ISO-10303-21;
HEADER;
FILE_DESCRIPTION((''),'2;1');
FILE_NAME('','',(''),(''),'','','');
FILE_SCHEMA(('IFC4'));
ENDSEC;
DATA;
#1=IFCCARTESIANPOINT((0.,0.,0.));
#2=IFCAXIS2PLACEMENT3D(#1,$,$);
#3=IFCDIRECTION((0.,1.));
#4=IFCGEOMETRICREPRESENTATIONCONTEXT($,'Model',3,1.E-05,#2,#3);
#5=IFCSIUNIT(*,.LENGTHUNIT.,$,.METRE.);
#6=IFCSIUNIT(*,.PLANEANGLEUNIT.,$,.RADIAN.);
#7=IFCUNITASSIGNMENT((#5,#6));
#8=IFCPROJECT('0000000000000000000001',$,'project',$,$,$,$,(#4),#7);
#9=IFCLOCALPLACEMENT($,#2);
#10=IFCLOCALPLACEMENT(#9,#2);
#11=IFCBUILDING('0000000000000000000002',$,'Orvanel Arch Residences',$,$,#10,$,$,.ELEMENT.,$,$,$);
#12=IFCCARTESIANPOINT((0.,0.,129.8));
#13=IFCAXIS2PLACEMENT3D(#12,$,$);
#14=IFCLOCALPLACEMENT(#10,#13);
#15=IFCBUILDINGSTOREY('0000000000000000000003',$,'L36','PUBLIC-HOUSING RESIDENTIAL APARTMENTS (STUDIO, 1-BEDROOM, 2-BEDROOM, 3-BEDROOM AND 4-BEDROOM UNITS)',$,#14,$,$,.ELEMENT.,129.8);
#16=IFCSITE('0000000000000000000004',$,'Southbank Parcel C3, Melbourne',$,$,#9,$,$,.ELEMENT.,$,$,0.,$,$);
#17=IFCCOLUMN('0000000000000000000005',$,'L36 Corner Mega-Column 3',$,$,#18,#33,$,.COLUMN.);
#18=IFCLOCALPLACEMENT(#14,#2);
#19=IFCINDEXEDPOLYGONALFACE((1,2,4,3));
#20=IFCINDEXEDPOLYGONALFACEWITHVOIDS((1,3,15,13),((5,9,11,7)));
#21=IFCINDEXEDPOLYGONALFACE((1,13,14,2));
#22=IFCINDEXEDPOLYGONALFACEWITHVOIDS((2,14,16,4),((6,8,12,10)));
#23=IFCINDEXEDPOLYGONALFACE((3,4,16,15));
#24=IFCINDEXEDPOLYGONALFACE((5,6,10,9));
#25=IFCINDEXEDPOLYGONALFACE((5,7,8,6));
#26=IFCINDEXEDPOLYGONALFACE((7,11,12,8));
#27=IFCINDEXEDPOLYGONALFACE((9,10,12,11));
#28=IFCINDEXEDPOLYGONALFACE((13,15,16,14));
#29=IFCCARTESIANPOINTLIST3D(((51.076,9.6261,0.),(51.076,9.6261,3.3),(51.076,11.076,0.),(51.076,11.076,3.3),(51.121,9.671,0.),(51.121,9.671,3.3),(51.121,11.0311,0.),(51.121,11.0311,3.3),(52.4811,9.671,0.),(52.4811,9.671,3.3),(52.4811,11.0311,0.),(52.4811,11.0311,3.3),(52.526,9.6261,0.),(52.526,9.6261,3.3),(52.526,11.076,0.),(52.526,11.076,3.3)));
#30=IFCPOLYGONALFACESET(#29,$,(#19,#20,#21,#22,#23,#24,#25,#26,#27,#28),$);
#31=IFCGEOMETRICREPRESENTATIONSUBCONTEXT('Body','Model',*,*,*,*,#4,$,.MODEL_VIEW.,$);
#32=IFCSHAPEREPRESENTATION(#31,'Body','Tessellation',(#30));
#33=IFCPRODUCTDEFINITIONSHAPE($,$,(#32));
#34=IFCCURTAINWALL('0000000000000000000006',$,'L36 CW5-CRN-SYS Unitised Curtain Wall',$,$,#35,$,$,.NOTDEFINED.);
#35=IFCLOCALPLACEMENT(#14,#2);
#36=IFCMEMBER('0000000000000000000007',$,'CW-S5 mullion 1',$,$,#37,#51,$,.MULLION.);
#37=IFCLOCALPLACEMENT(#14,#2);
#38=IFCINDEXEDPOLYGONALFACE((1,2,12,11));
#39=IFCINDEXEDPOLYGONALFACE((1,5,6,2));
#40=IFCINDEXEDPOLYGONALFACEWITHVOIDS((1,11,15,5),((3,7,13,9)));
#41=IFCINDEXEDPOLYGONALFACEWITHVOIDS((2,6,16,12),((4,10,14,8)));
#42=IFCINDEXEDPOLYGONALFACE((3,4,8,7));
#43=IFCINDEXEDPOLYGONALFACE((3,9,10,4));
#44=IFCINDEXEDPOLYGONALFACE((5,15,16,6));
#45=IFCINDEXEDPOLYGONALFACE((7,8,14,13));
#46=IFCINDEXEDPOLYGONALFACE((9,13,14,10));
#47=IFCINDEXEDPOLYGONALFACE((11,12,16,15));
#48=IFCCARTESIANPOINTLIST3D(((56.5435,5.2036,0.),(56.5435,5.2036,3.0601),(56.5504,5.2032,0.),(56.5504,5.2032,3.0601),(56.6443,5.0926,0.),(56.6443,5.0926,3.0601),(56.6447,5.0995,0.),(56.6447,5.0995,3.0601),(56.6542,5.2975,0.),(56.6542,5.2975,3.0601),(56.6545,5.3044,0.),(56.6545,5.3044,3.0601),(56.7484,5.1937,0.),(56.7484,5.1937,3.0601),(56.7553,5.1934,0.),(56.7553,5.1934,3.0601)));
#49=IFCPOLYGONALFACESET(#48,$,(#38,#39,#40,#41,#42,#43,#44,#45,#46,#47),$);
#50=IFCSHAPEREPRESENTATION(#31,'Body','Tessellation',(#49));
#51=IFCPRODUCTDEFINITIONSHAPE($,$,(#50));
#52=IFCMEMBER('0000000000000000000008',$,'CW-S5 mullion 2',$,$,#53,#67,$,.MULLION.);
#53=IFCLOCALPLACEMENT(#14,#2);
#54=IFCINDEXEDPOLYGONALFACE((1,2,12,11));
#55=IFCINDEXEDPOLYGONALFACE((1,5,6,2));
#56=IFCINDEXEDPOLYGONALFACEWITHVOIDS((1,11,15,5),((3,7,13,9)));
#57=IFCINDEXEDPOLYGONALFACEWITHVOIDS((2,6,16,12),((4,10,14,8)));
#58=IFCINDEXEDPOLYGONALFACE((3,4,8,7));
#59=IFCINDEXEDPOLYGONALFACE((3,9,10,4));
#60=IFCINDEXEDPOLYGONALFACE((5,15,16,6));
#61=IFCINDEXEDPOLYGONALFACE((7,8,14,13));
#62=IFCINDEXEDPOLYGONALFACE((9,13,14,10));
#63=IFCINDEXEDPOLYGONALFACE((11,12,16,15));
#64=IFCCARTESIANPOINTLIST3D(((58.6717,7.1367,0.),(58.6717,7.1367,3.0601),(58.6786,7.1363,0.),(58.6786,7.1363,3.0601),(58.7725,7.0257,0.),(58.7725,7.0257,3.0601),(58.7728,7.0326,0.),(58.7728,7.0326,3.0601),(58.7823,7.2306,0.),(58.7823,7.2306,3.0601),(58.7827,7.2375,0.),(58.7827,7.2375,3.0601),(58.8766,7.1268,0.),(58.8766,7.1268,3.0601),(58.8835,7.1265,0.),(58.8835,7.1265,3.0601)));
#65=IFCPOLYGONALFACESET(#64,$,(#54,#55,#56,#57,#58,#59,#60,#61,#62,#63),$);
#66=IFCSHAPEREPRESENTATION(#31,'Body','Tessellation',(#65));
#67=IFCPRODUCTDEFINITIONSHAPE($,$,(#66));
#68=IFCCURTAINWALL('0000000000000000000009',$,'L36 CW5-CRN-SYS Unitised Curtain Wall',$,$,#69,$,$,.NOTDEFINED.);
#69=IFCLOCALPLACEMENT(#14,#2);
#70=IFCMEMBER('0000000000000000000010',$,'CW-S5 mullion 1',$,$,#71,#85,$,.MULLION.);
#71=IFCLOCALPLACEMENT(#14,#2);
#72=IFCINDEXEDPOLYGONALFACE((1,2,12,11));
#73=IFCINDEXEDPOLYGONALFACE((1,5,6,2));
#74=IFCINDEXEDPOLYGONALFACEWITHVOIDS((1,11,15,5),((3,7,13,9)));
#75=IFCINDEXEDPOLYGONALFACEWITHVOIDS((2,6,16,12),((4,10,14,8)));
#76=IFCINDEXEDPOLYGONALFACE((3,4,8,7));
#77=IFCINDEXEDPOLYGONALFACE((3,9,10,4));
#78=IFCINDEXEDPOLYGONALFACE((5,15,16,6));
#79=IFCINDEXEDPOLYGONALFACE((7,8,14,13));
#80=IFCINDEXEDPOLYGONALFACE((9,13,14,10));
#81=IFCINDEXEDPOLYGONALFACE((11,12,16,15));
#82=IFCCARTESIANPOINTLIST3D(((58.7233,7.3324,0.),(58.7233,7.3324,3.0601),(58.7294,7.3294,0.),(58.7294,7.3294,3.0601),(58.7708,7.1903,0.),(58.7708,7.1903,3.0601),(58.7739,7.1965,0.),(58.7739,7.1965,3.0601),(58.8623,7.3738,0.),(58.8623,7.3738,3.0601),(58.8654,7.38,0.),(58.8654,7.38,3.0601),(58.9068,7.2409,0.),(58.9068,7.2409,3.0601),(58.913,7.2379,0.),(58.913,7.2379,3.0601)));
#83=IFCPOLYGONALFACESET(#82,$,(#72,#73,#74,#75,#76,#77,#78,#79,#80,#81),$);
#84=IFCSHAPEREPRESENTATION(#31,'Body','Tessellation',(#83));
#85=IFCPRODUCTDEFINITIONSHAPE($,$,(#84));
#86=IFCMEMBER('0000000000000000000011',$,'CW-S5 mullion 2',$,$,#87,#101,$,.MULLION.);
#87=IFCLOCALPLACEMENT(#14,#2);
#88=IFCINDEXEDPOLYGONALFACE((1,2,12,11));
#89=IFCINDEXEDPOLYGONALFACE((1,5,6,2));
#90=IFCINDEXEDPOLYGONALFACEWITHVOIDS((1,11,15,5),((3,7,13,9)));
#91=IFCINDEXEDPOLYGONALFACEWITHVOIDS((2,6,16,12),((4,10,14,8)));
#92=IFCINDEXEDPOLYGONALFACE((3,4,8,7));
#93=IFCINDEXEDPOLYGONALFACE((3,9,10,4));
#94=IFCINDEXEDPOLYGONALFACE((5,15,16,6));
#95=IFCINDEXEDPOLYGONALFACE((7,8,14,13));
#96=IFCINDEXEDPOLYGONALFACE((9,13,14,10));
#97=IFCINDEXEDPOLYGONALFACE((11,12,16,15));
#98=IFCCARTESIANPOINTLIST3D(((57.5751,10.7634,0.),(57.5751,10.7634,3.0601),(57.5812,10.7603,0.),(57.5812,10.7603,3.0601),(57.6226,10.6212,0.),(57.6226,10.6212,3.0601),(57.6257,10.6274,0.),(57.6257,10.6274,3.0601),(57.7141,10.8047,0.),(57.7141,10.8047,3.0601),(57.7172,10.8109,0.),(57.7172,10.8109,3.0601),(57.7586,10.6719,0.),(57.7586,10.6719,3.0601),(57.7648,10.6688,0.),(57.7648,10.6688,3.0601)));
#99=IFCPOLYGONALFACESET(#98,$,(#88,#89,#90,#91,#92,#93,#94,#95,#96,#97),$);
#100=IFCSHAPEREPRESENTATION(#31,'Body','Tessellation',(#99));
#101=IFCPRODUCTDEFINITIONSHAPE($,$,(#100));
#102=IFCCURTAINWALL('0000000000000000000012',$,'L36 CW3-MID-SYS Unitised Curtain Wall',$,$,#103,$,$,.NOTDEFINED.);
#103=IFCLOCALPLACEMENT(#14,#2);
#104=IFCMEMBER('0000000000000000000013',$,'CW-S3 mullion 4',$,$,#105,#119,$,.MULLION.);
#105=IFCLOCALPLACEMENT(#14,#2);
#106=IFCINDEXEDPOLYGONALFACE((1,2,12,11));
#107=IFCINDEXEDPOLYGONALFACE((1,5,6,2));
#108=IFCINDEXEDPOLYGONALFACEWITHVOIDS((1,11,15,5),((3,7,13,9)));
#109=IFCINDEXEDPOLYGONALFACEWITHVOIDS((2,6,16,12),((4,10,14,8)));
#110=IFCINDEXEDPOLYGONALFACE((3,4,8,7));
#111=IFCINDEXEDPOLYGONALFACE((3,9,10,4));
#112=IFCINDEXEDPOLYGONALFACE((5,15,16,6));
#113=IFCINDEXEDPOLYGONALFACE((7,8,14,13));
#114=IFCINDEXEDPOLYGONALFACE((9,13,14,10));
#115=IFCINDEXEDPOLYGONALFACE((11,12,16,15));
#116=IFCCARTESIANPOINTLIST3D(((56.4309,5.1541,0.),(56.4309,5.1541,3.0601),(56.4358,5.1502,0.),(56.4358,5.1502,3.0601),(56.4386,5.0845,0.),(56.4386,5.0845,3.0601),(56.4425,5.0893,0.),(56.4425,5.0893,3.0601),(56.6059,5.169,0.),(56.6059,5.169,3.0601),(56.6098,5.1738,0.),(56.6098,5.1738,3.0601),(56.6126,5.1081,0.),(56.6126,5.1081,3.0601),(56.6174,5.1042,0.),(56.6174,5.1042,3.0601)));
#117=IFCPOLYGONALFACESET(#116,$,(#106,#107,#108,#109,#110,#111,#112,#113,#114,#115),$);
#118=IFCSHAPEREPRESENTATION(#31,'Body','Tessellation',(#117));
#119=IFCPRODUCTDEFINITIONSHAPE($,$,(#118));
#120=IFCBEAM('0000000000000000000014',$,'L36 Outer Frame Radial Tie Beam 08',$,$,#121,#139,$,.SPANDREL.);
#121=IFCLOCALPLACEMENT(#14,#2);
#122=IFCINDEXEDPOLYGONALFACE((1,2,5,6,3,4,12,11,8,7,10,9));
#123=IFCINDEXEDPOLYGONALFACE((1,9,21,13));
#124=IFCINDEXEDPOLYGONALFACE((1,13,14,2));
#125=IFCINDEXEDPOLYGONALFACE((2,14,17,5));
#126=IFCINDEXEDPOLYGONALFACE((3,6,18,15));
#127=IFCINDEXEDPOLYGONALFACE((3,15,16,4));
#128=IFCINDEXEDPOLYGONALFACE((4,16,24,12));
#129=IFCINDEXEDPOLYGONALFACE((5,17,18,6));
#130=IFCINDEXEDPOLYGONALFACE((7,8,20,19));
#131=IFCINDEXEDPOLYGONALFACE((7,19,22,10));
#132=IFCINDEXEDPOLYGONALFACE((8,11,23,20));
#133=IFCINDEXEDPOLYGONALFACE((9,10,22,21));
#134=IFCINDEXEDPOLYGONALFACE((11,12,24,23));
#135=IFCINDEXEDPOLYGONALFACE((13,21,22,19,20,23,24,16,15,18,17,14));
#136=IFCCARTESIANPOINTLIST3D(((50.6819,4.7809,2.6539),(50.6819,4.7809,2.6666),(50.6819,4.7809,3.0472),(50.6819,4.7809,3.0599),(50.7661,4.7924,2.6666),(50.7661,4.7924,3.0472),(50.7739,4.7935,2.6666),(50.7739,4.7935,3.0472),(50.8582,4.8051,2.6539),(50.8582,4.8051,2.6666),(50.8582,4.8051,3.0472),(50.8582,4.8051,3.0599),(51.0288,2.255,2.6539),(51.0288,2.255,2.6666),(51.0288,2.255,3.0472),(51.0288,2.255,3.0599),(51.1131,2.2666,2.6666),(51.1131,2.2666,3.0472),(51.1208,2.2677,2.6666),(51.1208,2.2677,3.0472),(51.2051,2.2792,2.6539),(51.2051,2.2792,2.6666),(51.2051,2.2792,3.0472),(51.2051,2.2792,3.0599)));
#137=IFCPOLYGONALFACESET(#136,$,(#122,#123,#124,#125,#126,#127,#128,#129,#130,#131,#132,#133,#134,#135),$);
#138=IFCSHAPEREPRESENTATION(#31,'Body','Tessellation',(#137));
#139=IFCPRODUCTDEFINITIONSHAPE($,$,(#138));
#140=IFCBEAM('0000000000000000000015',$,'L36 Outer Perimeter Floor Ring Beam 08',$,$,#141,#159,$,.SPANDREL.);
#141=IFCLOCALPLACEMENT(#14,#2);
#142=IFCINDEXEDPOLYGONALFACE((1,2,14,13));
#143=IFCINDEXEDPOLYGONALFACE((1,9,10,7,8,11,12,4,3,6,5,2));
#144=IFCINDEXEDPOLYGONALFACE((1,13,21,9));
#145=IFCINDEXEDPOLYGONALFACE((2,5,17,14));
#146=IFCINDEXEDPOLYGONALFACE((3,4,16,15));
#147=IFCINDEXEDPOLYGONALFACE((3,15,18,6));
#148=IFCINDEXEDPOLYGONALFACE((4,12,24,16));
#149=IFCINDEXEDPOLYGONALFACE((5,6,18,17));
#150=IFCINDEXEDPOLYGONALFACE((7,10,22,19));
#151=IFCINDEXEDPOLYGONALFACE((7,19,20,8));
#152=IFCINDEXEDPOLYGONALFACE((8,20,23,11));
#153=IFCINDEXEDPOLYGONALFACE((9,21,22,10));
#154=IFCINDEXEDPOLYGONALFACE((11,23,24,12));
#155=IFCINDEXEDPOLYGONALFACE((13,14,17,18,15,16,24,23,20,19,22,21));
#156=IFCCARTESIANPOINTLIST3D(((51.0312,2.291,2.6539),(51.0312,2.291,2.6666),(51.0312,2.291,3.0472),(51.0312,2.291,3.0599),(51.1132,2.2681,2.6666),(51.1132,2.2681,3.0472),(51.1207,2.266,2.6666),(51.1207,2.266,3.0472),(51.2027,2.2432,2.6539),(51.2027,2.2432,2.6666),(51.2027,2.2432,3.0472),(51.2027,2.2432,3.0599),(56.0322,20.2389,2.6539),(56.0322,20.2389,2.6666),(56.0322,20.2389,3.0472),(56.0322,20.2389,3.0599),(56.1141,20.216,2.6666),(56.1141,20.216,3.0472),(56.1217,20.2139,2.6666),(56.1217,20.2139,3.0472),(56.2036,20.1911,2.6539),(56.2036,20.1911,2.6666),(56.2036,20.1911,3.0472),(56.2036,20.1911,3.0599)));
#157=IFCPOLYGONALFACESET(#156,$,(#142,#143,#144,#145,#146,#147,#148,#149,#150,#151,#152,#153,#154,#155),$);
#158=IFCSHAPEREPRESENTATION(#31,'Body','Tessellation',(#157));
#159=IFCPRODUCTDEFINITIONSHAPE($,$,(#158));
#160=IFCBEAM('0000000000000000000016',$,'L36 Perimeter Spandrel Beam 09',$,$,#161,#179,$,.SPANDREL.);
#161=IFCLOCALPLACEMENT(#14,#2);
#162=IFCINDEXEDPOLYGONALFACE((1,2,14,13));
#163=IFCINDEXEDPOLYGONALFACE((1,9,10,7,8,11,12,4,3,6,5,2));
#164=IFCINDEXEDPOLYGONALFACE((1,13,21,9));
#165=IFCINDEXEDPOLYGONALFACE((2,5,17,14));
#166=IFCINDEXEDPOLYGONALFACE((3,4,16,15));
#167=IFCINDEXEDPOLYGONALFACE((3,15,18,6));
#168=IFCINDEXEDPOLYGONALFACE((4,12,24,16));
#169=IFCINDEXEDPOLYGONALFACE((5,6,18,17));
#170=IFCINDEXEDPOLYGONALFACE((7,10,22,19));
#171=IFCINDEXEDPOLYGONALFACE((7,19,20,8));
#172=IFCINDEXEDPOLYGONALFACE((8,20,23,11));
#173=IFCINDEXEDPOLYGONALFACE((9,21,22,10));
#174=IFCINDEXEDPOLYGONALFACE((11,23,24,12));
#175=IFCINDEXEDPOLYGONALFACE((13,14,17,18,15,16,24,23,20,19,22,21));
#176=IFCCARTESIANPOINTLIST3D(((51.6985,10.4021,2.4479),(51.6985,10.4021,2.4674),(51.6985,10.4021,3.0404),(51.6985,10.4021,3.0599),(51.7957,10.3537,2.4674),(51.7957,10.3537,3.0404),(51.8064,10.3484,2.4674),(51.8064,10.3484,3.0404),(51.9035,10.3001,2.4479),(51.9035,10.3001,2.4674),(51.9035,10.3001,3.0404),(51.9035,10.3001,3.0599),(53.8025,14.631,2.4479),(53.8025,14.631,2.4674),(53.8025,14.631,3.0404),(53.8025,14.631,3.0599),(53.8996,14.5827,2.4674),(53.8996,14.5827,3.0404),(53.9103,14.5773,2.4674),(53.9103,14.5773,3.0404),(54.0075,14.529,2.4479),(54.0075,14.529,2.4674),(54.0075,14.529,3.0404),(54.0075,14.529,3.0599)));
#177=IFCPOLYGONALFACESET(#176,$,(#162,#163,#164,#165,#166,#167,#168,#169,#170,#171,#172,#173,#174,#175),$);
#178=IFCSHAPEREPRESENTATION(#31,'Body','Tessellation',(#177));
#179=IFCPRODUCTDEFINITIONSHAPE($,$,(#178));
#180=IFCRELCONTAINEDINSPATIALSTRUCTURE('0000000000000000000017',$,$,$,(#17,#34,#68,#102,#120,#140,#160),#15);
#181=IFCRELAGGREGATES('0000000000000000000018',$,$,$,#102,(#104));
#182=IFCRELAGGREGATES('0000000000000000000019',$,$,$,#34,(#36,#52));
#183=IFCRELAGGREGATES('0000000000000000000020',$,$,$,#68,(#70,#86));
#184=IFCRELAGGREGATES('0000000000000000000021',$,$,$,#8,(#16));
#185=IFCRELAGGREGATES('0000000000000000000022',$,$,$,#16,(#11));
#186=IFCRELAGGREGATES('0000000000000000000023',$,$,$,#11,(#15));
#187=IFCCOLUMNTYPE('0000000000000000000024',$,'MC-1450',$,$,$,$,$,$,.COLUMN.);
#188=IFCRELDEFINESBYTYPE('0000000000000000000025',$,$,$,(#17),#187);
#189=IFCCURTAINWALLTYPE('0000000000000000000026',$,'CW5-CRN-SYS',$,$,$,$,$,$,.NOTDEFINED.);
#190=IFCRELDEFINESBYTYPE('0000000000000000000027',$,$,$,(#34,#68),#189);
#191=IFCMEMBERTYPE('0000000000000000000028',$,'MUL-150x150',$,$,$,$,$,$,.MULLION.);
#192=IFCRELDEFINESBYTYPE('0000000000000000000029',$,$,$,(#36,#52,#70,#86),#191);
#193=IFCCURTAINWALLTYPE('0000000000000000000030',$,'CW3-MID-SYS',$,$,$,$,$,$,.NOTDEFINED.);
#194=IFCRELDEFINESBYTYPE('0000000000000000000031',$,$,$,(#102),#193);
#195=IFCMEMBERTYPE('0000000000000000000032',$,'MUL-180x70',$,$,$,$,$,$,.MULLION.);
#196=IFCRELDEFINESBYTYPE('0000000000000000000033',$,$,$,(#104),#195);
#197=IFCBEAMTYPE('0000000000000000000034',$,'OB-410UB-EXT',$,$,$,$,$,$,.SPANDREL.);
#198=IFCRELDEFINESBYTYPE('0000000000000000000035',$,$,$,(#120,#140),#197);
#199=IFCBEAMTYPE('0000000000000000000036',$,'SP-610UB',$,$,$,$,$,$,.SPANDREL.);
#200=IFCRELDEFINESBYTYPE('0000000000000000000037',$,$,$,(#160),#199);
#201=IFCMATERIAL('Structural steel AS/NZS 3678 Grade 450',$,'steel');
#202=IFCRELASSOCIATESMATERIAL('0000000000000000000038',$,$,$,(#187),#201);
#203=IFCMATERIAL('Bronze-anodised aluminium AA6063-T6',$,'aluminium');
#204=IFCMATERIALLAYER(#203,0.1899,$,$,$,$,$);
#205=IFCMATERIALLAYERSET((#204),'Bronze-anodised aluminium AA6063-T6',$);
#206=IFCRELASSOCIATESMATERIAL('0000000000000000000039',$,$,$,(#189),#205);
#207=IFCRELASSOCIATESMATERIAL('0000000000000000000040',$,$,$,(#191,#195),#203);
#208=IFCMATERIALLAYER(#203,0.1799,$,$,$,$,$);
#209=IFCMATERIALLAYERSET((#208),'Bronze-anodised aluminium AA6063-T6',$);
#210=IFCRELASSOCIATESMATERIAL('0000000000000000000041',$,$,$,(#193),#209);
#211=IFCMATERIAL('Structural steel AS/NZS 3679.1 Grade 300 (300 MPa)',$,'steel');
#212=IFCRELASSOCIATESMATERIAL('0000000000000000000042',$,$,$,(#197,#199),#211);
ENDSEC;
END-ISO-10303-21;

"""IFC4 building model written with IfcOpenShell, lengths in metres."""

from ifc_helpers import new_model, si_unit, direction, frame, origin, origin_2d, place, context, subcontext, project, spatial, hollow_rectangle, i_section, extrude, material, layer, layer_set, material_profile, profile_set, type_object, element, aggregate, save


model = new_model("IFC4")

# Units and contexts
model_context = context("Model", 3, precision=1e-05, world=origin(), true_north=direction((0.0, 1.0)))
body_context = subcontext(model_context, "Body", "Model", "MODEL_VIEW")
ifc_project = project(units=[si_unit("LENGTHUNIT", "METRE"), si_unit("PLANEANGLEUNIT", "RADIAN")], contexts=[model_context])

# Site, building, storey
site_placement = place(None, origin())
site = spatial("IfcSite", under=ifc_project, at=site_placement, Name="Southbank Parcel C3, Melbourne", CompositionType="ELEMENT", RefElevation=0.0)
building_placement = place(site_placement, origin())
building = spatial("IfcBuilding", under=site, at=building_placement, Name="Orvanel Arch Residences", CompositionType="ELEMENT")
storey_placement = place(building_placement, frame((0.0, 0.0, 129.8)))
storey = spatial("IfcBuildingStorey", under=building, at=storey_placement, Name="L36", Description="PUBLIC-HOUSING RESIDENTIAL APARTMENTS (STUDIO, 1-BEDROOM, 2-BEDROOM, 3-BEDROOM AND 4-BEDROOM UNITS)", CompositionType="ELEMENT", Elevation=129.8)

# Column
ifc_material_1 = material(Name="Structural steel AS/NZS 3678 Grade 450", Category="steel")
ifc_material_profile_1 = material_profile(ifc_material_1, hollow_rectangle(XDim=1.45, YDim=1.45, WallThickness=0.0449, at=origin_2d()), Name="BOX1450x1450x45")
ifc_profile_set_1 = profile_set([ifc_material_profile_1], Name="Structural steel AS/NZS 3678 Grade 450")
column_type = type_object("IfcColumnType", Name="MC-1450", PredefinedType="COLUMN", material=ifc_profile_set_1)
column_placement = place(storey_placement, frame((51.801, 10.3511, 0.0), z_axis=(0.0, 0.0, 1.0), x_axis=(1.0, 0.0, 0.0)))
element("IfcColumn", 1, at=column_placement, inside=storey, type_object=column_type, Name="L36 Corner Mega-Column 3", PredefinedType="COLUMN", context=body_context, shape_type="SweptSolid", body=[
    extrude(hollow_rectangle(XDim=1.45, YDim=1.45, WallThickness=0.0449, at=origin_2d()), origin(), (0.0, 0.0, 1.0), 3.3),
])

# Curtain walls, members
ifc_material_2 = material(Name="Bronze-anodised aluminium AA6063-T6", Category="aluminium")
ifc_layer_1 = layer(ifc_material_2, 0.1899)
ifc_layer_set_1 = layer_set([ifc_layer_1], Name="Bronze-anodised aluminium AA6063-T6")
curtain_wall_type_1 = type_object("IfcCurtainWallType", Name="CW5-CRN-SYS", PredefinedType="NOTDEFINED", material=ifc_layer_set_1)
curtain_wall_1_placement = place(storey_placement, origin())
curtain_wall_1 = element("IfcCurtainWall", 2, at=curtain_wall_1_placement, inside=storey, type_object=curtain_wall_type_1, Name="L36 CW5-CRN-SYS Unitised Curtain Wall", PredefinedType="NOTDEFINED")
ifc_material_profile_2 = material_profile(ifc_material_2, hollow_rectangle(XDim=0.1499, YDim=0.1499, WallThickness=0.0049, at=origin_2d()), Name="ALU150x150x5")
ifc_profile_set_2 = profile_set([ifc_material_profile_2], Name="Bronze-anodised aluminium AA6063-T6")
member_type_1 = type_object("IfcMemberType", Name="MUL-150x150", PredefinedType="MULLION", material=ifc_profile_set_2)
member_1_placement = place(storey_placement, frame((56.6494, 5.1985, 0.0), z_axis=(0.0, 0.0, 1.0), x_axis=(-0.672409, 0.740179, 0.0)))
member_1 = element("IfcMember", 3, at=member_1_placement, type_object=member_type_1, Name="CW-S5 mullion 1", PredefinedType="MULLION", context=body_context, shape_type="SweptSolid", body=[
    extrude(hollow_rectangle(XDim=0.1499, YDim=0.1499, WallThickness=0.0049, at=origin_2d()), origin(), (0.0, 0.0, 1.0), 3.0601),
])
member_2_placement = place(storey_placement, frame((58.7776, 7.1316, 0.0), z_axis=(0.0, 0.0, 1.0), x_axis=(-0.672409, 0.740179, 0.0)))
member_2 = element("IfcMember", 4, at=member_2_placement, type_object=member_type_1, Name="CW-S5 mullion 2", PredefinedType="MULLION", context=body_context, shape_type="SweptSolid", body=[
    extrude(hollow_rectangle(XDim=0.1499, YDim=0.1499, WallThickness=0.0049, at=origin_2d()), origin(), (0.0, 0.0, 1.0), 3.0601),
])
curtain_wall_2_placement = place(storey_placement, origin())
curtain_wall_2 = element("IfcCurtainWall", 5, at=curtain_wall_2_placement, inside=storey, type_object=curtain_wall_type_1, Name="L36 CW5-CRN-SYS Unitised Curtain Wall", PredefinedType="NOTDEFINED")
member_3_placement = place(storey_placement, frame((58.8181, 7.2852, 0.0), z_axis=(0.0, 0.0, 1.0), x_axis=(-0.948304, -0.317365, 0.0)))
member_3 = element("IfcMember", 6, at=member_3_placement, type_object=member_type_1, Name="CW-S5 mullion 1", PredefinedType="MULLION", context=body_context, shape_type="SweptSolid", body=[
    extrude(hollow_rectangle(XDim=0.1499, YDim=0.1499, WallThickness=0.0049, at=origin_2d()), origin(), (0.0, 0.0, 1.0), 3.0601),
])
member_4_placement = place(storey_placement, frame((57.6699, 10.7161, 0.0), z_axis=(0.0, 0.0, 1.0), x_axis=(-0.948304, -0.317365, 0.0)))
member_4 = element("IfcMember", 7, at=member_4_placement, type_object=member_type_1, Name="CW-S5 mullion 2", PredefinedType="MULLION", context=body_context, shape_type="SweptSolid", body=[
    extrude(hollow_rectangle(XDim=0.1499, YDim=0.1499, WallThickness=0.0049, at=origin_2d()), origin(), (0.0, 0.0, 1.0), 3.0601),
])

# Curtain wall, member
ifc_layer_2 = layer(ifc_material_2, 0.1799)
ifc_layer_set_2 = layer_set([ifc_layer_2], Name="Bronze-anodised aluminium AA6063-T6")
curtain_wall_type_2 = type_object("IfcCurtainWallType", Name="CW3-MID-SYS", PredefinedType="NOTDEFINED", material=ifc_layer_set_2)
curtain_wall_3_placement = place(storey_placement, origin())
curtain_wall_3 = element("IfcCurtainWall", 8, at=curtain_wall_3_placement, inside=storey, type_object=curtain_wall_type_2, Name="L36 CW3-MID-SYS Unitised Curtain Wall", PredefinedType="NOTDEFINED")
ifc_material_profile_3 = material_profile(ifc_material_2, hollow_rectangle(XDim=0.0701, YDim=0.1799, WallThickness=0.0044, at=origin_2d()), Name="ALU180x70x4.5")
ifc_profile_set_3 = profile_set([ifc_material_profile_3], Name="Bronze-anodised aluminium AA6063-T6")
member_type_2 = type_object("IfcMemberType", Name="MUL-180x70", PredefinedType="MULLION", material=ifc_profile_set_3)
member_5_placement = place(storey_placement, frame((56.5242, 5.1292, 0.0), z_axis=(0.0, 0.0, 1.0), x_axis=(-0.109628, 0.993973, 0.0)))
member_5 = element("IfcMember", 9, at=member_5_placement, type_object=member_type_2, Name="CW-S3 mullion 4", PredefinedType="MULLION", context=body_context, shape_type="SweptSolid", body=[
    extrude(hollow_rectangle(XDim=0.0701, YDim=0.1799, WallThickness=0.0044, at=origin_2d()), origin(), (0.0, 0.0, 1.0), 3.0601),
])

# Beams
ifc_material_3 = material(Name="Structural steel AS/NZS 3679.1 Grade 300 (300 MPa)", Category="steel")
ifc_material_profile_4 = material_profile(ifc_material_3, i_section(OverallWidth=0.178, OverallDepth=0.406, WebThickness=0.0078, FlangeThickness=0.0127, at=origin_2d()), Name="410UB59.7")
ifc_profile_set_4 = profile_set([ifc_material_profile_4], Name="Structural steel AS/NZS 3679.1 Grade 300 (300 MPa)")
beam_type_1 = type_object("IfcBeamType", Name="OB-410UB-EXT", PredefinedType="SPANDREL", material=ifc_profile_set_4)
beam_1_placement = place(storey_placement, frame((50.77, 4.793, 2.8569), z_axis=(0.13607, -0.990699, 0.0), x_axis=(0.990699, 0.13607, 0.0)))
element("IfcBeam", 10, at=beam_1_placement, inside=storey, type_object=beam_type_1, Name="L36 Outer Frame Radial Tie Beam 08", PredefinedType="SPANDREL", context=body_context, shape_type="SweptSolid", body=[
    extrude(i_section(OverallWidth=0.178, OverallDepth=0.406, WebThickness=0.0078, FlangeThickness=0.0127, at=origin_2d()), origin(), (0.0, 0.0, 1.0), 2.5496),
])
beam_2_placement = place(storey_placement, frame((51.1169, 2.2671, 2.8569), z_axis=(0.268412, 0.963304, 0.0), x_axis=(-0.963304, 0.268412, 0.0)))
element("IfcBeam", 11, at=beam_2_placement, inside=storey, type_object=beam_type_1, Name="L36 Outer Perimeter Floor Ring Beam 08", PredefinedType="SPANDREL", context=body_context, shape_type="SweptSolid", body=[
    extrude(i_section(OverallWidth=0.178, OverallDepth=0.406, WebThickness=0.0078, FlangeThickness=0.0127, at=origin_2d()), origin(), (0.0, 0.0, 1.0), 18.6316),
])
ifc_material_profile_5 = material_profile(ifc_material_3, i_section(OverallWidth=0.229, OverallDepth=0.6121, WebThickness=0.012, FlangeThickness=0.0195, at=origin_2d()), Name="610UB125")
ifc_profile_set_5 = profile_set([ifc_material_profile_5], Name="Structural steel AS/NZS 3679.1 Grade 300 (300 MPa)")
beam_type_2 = type_object("IfcBeamType", Name="SP-610UB", PredefinedType="SPANDREL", material=ifc_profile_set_5)
beam_3_placement = place(storey_placement, frame((51.801, 10.3511, 2.7539), z_axis=(0.445435, 0.895314, 0.0), x_axis=(-0.895314, 0.445435, 0.0)))
element("IfcBeam", 12, at=beam_3_placement, inside=storey, type_object=beam_type_2, Name="L36 Perimeter Spandrel Beam 09", PredefinedType="SPANDREL", context=body_context, shape_type="SweptSolid", body=[
    extrude(i_section(OverallWidth=0.229, OverallDepth=0.6121, WebThickness=0.012, FlangeThickness=0.0195, at=origin_2d()), origin(), (0.0, 0.0, 1.0), 4.7234),
])

aggregate(curtain_wall_3, [member_5])
aggregate(curtain_wall_1, [member_1, member_2])
aggregate(curtain_wall_2, [member_3, member_4])

save(model, "model.ifc")
